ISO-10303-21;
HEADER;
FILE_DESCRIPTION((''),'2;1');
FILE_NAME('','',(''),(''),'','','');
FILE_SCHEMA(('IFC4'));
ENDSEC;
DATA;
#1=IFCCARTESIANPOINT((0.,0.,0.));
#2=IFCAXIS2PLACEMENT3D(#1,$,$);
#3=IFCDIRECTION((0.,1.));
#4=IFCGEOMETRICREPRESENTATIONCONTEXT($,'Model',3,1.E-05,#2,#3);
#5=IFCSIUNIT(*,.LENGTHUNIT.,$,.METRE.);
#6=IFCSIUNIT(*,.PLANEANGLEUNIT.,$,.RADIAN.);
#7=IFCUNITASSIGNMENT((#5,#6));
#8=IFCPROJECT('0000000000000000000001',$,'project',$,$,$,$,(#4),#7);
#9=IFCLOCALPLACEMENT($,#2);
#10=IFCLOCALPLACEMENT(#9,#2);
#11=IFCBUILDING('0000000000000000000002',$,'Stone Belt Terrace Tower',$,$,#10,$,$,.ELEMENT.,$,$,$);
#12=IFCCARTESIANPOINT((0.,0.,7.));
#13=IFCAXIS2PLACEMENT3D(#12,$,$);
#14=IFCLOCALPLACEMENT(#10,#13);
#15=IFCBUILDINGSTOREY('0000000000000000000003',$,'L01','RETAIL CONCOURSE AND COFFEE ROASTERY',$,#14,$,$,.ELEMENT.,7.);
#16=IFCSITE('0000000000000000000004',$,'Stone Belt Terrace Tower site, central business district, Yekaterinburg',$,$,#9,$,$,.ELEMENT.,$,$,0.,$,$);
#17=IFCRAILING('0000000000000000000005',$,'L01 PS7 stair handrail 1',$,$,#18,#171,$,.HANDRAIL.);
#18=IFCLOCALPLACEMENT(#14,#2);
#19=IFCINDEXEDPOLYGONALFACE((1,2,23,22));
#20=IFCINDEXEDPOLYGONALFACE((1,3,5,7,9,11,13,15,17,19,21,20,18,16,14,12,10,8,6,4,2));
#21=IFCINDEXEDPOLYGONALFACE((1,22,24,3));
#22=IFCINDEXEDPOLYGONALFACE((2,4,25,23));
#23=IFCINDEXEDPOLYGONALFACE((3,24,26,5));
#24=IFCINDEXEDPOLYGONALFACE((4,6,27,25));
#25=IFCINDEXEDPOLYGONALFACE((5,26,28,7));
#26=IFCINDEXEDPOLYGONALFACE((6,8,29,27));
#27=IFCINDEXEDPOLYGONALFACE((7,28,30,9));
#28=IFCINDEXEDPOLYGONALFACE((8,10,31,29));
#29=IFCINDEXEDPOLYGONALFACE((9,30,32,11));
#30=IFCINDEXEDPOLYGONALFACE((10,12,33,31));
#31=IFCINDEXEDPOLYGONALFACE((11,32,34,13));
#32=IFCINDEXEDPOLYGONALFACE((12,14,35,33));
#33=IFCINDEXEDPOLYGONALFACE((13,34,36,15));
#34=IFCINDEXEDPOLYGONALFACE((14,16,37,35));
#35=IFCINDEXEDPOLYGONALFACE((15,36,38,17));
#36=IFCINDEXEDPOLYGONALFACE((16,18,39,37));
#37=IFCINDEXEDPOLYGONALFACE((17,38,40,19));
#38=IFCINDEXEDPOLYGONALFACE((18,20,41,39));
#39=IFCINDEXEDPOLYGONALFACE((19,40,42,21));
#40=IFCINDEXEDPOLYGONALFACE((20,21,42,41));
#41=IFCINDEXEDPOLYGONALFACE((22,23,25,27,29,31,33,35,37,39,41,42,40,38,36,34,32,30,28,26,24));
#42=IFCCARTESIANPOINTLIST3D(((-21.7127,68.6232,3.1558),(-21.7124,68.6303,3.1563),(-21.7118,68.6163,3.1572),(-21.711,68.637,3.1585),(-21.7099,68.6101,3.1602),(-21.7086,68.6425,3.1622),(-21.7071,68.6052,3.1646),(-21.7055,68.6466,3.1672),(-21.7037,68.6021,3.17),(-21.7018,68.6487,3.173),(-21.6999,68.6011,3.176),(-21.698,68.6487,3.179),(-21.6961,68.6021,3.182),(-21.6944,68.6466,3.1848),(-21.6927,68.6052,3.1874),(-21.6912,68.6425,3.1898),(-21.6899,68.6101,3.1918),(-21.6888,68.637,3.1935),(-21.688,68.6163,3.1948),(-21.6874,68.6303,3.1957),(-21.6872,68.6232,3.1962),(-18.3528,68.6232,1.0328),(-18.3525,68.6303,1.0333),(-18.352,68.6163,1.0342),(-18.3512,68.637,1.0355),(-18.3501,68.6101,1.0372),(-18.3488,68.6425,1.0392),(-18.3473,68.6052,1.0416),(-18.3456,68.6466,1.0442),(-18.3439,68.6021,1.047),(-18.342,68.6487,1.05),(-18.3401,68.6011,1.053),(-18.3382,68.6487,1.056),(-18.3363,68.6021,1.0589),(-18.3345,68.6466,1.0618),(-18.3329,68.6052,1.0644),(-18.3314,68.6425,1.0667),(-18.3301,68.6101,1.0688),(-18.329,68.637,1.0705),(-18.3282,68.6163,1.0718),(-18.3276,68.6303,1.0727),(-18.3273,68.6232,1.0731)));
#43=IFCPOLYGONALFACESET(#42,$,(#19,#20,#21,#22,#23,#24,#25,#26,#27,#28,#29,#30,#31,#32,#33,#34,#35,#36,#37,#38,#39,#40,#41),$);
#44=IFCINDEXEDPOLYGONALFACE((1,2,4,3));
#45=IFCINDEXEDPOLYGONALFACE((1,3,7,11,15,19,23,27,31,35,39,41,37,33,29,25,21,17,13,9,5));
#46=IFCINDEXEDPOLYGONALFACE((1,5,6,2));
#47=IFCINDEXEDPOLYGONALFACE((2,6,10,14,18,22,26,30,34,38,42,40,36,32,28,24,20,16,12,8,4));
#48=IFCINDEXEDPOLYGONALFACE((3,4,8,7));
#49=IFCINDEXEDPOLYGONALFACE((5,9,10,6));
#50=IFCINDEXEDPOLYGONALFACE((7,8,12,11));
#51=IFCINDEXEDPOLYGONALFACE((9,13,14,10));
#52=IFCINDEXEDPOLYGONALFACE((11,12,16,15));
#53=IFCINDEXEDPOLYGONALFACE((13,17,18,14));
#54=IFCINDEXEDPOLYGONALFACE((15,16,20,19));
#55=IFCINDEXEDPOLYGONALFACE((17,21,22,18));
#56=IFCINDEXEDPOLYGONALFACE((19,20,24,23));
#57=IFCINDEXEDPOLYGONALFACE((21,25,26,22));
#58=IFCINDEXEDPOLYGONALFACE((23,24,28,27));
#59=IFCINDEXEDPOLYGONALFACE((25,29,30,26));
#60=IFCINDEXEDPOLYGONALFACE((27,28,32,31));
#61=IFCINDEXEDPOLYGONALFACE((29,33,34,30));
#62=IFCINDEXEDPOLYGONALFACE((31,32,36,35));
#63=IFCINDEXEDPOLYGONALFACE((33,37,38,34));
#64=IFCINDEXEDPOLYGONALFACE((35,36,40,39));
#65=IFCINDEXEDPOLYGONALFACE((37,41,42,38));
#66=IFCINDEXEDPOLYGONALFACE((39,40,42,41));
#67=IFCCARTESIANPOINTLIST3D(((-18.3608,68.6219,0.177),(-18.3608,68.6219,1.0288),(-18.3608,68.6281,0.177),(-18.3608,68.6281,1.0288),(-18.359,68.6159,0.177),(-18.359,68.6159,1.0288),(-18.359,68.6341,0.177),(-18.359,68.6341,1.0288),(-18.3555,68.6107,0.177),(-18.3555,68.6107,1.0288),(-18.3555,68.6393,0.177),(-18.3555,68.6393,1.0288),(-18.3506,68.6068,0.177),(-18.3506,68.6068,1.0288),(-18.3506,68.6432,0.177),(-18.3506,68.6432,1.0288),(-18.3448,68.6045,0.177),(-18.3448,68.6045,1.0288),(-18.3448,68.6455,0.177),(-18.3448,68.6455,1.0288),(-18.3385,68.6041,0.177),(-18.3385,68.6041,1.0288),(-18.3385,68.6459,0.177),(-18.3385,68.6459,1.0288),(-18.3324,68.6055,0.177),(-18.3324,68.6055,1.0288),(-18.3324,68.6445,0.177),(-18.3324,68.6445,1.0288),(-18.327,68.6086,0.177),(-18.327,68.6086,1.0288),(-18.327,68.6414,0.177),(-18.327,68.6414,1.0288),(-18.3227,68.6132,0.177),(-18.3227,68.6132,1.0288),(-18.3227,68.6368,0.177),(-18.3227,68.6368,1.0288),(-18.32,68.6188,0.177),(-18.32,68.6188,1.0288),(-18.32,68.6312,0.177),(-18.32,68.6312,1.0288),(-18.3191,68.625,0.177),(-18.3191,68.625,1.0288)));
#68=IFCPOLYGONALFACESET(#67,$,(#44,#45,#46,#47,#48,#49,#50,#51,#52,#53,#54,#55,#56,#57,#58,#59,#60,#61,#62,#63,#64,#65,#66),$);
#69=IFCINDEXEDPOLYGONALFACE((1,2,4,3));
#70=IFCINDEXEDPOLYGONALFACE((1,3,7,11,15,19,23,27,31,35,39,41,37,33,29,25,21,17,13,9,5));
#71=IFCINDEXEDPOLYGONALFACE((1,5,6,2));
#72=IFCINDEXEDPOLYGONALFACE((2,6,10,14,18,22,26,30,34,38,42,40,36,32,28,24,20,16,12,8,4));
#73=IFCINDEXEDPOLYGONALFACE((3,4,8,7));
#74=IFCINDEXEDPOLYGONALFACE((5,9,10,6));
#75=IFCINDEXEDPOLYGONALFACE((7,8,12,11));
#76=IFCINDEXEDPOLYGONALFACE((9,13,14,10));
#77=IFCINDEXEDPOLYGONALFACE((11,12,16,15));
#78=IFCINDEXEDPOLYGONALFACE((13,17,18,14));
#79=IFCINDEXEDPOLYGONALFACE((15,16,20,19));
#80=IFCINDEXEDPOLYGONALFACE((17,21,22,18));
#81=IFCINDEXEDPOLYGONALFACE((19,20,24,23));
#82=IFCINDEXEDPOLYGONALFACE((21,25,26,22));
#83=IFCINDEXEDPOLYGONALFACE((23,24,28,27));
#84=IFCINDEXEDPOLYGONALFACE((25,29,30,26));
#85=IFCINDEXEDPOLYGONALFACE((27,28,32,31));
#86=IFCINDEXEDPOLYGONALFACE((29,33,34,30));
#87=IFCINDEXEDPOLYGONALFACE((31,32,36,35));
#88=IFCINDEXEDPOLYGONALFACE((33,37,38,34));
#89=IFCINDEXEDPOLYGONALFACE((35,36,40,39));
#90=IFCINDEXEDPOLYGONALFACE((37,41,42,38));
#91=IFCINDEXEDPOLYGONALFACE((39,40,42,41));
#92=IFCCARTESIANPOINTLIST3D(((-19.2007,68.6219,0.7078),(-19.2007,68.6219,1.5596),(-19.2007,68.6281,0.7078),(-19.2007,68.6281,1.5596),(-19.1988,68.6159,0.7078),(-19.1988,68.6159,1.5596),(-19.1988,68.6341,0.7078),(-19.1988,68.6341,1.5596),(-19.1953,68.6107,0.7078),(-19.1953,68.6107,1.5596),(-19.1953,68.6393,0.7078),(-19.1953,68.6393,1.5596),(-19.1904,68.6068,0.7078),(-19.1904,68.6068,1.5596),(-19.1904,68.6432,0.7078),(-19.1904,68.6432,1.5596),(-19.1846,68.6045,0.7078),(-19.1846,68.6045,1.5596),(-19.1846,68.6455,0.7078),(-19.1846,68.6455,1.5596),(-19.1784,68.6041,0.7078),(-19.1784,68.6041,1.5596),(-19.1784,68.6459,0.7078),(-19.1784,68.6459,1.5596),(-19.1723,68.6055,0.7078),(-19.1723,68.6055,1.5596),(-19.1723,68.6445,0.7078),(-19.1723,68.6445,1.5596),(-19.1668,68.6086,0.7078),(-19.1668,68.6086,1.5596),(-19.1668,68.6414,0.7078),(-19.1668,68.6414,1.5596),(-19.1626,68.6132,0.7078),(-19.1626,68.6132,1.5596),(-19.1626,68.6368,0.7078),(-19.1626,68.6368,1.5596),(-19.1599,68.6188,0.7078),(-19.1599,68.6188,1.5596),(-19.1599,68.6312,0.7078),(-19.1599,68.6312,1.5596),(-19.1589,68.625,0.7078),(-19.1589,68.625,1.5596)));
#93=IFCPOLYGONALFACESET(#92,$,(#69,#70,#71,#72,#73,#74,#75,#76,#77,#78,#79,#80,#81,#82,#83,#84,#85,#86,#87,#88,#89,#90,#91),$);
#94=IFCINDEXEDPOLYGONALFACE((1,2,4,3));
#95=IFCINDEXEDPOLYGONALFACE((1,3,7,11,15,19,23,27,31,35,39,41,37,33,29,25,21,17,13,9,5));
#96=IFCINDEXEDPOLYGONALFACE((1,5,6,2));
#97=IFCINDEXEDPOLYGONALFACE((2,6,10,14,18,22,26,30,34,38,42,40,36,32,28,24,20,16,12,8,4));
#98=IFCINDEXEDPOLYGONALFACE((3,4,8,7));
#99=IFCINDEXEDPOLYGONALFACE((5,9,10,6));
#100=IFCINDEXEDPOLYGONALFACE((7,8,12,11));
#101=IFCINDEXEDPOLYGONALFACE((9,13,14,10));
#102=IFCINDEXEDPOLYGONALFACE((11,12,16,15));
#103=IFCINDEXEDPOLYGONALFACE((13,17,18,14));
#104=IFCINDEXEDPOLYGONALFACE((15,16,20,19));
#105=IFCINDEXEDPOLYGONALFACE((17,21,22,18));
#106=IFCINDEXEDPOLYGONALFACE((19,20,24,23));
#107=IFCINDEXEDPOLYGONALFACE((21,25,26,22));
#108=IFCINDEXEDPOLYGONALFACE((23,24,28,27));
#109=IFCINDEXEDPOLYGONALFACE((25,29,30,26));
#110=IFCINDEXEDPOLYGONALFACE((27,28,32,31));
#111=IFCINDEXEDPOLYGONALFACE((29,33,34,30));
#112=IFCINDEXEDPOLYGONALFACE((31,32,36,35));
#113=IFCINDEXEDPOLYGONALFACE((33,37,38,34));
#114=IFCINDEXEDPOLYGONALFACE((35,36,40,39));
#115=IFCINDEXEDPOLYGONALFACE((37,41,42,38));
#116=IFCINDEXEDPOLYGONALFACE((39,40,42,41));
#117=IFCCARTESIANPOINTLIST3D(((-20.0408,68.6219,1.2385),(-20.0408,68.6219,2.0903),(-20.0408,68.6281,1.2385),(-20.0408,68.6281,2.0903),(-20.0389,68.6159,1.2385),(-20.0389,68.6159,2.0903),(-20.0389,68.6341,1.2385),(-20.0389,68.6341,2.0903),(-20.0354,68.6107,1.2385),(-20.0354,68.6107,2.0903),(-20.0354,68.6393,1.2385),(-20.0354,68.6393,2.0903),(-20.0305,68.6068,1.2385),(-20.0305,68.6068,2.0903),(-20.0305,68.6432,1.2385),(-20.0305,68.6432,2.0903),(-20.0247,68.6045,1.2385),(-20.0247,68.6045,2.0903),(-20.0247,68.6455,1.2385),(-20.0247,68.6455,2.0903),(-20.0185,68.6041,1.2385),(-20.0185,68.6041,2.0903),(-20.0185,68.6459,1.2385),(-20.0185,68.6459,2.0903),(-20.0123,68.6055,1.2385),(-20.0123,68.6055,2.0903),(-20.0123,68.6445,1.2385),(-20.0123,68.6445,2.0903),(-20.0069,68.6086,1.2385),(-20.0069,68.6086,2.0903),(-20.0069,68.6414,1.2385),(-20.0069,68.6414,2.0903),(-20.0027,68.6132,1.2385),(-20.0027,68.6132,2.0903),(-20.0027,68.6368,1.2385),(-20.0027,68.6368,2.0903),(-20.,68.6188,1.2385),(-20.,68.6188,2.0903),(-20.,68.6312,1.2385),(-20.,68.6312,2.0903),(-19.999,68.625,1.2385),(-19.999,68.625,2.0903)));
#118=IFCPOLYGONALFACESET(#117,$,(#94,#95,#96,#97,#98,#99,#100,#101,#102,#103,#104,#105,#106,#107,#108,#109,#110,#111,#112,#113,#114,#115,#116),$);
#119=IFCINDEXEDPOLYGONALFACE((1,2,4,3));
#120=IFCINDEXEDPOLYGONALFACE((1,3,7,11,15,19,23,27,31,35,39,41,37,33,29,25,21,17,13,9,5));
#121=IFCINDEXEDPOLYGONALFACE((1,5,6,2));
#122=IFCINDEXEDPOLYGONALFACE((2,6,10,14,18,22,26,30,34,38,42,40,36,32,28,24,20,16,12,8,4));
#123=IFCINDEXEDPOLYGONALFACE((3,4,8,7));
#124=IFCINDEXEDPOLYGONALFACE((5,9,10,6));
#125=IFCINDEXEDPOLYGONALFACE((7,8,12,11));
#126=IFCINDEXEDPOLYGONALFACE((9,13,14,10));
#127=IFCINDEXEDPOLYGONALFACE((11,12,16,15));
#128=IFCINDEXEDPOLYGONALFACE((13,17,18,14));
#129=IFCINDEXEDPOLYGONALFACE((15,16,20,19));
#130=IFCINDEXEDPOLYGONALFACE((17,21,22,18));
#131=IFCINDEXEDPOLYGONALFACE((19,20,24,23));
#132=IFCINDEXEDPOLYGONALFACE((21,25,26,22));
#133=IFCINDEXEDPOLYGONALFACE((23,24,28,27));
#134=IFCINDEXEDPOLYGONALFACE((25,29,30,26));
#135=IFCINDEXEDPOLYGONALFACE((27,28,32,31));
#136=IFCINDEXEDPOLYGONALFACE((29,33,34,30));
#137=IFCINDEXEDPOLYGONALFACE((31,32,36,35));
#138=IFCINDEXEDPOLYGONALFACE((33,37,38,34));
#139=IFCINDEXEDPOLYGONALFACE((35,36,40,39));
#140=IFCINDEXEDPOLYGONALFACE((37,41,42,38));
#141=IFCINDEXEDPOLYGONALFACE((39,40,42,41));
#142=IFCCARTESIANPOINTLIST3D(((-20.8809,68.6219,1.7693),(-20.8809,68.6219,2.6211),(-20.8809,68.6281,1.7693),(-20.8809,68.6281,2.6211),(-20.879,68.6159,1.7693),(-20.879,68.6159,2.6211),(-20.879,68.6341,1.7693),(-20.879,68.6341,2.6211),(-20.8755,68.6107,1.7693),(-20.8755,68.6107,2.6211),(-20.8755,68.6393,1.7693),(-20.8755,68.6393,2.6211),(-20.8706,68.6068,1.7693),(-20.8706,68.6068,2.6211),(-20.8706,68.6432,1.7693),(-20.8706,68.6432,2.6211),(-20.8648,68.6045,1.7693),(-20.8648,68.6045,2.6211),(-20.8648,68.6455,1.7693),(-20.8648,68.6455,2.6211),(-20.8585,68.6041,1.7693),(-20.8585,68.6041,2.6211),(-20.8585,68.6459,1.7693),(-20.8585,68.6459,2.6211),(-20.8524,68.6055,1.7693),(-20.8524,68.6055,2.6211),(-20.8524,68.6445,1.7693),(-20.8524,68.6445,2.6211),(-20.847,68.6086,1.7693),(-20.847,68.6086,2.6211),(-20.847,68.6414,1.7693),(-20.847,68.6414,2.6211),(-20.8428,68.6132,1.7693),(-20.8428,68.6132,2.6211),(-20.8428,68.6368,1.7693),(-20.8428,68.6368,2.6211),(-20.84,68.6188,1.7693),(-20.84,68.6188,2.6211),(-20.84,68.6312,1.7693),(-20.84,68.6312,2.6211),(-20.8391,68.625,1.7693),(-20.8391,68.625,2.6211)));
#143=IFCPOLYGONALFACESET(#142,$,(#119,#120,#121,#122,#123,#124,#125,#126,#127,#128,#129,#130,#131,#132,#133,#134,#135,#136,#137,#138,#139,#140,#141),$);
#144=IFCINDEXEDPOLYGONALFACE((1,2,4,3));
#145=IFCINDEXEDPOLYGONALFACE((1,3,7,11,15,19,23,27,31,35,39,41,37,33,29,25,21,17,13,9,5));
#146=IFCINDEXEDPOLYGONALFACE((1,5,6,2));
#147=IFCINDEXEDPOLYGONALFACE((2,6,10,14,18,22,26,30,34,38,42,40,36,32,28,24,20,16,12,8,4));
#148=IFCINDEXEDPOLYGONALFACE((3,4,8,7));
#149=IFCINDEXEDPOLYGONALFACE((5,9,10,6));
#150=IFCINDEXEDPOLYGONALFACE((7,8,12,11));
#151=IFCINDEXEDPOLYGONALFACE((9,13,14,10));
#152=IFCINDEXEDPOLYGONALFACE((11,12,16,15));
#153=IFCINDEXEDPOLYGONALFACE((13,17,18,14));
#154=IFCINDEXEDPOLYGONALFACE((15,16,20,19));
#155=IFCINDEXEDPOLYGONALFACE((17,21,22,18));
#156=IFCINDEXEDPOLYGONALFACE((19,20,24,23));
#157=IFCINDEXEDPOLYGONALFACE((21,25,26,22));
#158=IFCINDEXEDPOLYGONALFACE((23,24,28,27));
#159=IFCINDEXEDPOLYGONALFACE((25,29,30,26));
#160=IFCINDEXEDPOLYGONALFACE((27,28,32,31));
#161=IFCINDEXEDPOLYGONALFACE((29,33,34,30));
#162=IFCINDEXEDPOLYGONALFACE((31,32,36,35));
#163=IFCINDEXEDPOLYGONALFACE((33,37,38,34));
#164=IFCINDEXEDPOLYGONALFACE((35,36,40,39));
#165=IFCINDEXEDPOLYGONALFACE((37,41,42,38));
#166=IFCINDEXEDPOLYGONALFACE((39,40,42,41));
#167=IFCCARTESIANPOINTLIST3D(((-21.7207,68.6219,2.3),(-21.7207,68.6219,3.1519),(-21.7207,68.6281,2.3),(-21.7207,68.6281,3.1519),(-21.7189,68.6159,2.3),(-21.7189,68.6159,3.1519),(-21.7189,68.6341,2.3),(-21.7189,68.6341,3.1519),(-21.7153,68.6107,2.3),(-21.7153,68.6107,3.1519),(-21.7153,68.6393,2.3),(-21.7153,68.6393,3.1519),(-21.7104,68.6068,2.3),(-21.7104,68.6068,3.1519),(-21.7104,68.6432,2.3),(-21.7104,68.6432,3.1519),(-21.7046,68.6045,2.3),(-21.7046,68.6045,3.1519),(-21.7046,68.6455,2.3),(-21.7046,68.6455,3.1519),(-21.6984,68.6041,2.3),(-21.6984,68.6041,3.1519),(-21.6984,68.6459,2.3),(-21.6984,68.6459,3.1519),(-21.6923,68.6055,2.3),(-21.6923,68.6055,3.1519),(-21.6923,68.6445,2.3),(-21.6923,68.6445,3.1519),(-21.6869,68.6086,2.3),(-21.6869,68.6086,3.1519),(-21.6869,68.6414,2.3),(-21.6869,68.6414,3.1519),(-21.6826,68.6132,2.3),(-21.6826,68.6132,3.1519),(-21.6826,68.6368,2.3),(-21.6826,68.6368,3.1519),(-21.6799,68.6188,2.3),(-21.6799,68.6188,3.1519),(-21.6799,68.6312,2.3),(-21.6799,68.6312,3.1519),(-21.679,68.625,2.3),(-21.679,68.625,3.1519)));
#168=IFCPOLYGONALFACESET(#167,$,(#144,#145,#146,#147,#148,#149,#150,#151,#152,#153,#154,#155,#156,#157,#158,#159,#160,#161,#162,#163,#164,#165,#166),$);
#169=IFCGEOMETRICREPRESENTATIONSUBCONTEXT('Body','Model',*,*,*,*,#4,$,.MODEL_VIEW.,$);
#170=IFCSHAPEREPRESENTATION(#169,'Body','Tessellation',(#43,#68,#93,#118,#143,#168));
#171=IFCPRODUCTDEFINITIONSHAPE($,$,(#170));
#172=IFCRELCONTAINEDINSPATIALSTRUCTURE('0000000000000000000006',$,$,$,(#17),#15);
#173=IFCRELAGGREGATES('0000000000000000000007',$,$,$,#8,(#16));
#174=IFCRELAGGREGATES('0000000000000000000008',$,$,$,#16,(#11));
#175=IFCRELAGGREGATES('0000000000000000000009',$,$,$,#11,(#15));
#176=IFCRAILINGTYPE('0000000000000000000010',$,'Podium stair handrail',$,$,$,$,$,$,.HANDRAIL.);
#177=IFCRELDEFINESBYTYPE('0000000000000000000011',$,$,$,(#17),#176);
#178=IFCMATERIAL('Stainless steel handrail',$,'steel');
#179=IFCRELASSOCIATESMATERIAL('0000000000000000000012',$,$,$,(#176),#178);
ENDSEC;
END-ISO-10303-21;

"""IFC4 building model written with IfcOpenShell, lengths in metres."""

from ifc_helpers import new_model, si_unit, direction, frame, origin, origin_2d, place, context, subcontext, project, spatial, circle, extrude, material, type_object, element, save


model = new_model("IFC4")

# Units and contexts
model_context = context("Model", 3, precision=1e-05, world=origin(), true_north=direction((0.0, 1.0)))
body_context = subcontext(model_context, "Body", "Model", "MODEL_VIEW")
ifc_project = project(units=[si_unit("LENGTHUNIT", "METRE"), si_unit("PLANEANGLEUNIT", "RADIAN")], contexts=[model_context])

# Site, building, storey
site_placement = place(None, origin())
site = spatial("IfcSite", under=ifc_project, at=site_placement, Name="Stone Belt Terrace Tower site, central business district, Yekaterinburg", CompositionType="ELEMENT", RefElevation=0.0)
building_placement = place(site_placement, origin())
building = spatial("IfcBuilding", under=site, at=building_placement, Name="Stone Belt Terrace Tower", CompositionType="ELEMENT")
storey_placement = place(building_placement, frame((0.0, 0.0, 7.0)))
storey = spatial("IfcBuildingStorey", under=building, at=storey_placement, Name="L01", Description="RETAIL CONCOURSE AND COFFEE ROASTERY", CompositionType="ELEMENT", Elevation=7.0)

# Railing
ifc_material_1 = material(Name="Stainless steel handrail", Category="steel")
railing_type_1 = type_object("IfcRailingType", Name="Podium stair handrail", PredefinedType="HANDRAIL", material=ifc_material_1)
railing_1_placement = place(storey_placement, frame((-18.3401, 68.625, 0.177)))
element("IfcRailing", 1, at=railing_1_placement, inside=storey, type_object=railing_type_1, Name="L01 PS7 stair handrail 1", PredefinedType="HANDRAIL", context=body_context, shape_type="SweptSolid", body=[
    extrude(circle(Radius=0.0239, at=origin_2d()), frame((0.0, 0.0, 0.876), z_axis=(-0.845372, 0.0, 0.534178), x_axis=(0.0, -1.0, 0.0)), (0.0, 0.0, 1.0), 3.9744),
    extrude(circle(Radius=0.021, at=origin_2d()), origin(), (0.0, 0.0, 1.0), 0.8518),
    extrude(circle(Radius=0.021, at=origin_2d()), frame((-0.8398, 0.0, 0.5308)), (0.0, 0.0, 1.0), 0.8518),
    extrude(circle(Radius=0.021, at=origin_2d()), frame((-1.6799, 0.0, 1.0615)), (0.0, 0.0, 1.0), 0.8518),
    extrude(circle(Radius=0.021, at=origin_2d()), frame((-2.52, 0.0, 1.5923)), (0.0, 0.0, 1.0), 0.8518),
    extrude(circle(Radius=0.021, at=origin_2d()), frame((-3.3599, 0.0, 2.123)), (0.0, 0.0, 1.0), 0.8518),
])

save(model, "model.ifc")
